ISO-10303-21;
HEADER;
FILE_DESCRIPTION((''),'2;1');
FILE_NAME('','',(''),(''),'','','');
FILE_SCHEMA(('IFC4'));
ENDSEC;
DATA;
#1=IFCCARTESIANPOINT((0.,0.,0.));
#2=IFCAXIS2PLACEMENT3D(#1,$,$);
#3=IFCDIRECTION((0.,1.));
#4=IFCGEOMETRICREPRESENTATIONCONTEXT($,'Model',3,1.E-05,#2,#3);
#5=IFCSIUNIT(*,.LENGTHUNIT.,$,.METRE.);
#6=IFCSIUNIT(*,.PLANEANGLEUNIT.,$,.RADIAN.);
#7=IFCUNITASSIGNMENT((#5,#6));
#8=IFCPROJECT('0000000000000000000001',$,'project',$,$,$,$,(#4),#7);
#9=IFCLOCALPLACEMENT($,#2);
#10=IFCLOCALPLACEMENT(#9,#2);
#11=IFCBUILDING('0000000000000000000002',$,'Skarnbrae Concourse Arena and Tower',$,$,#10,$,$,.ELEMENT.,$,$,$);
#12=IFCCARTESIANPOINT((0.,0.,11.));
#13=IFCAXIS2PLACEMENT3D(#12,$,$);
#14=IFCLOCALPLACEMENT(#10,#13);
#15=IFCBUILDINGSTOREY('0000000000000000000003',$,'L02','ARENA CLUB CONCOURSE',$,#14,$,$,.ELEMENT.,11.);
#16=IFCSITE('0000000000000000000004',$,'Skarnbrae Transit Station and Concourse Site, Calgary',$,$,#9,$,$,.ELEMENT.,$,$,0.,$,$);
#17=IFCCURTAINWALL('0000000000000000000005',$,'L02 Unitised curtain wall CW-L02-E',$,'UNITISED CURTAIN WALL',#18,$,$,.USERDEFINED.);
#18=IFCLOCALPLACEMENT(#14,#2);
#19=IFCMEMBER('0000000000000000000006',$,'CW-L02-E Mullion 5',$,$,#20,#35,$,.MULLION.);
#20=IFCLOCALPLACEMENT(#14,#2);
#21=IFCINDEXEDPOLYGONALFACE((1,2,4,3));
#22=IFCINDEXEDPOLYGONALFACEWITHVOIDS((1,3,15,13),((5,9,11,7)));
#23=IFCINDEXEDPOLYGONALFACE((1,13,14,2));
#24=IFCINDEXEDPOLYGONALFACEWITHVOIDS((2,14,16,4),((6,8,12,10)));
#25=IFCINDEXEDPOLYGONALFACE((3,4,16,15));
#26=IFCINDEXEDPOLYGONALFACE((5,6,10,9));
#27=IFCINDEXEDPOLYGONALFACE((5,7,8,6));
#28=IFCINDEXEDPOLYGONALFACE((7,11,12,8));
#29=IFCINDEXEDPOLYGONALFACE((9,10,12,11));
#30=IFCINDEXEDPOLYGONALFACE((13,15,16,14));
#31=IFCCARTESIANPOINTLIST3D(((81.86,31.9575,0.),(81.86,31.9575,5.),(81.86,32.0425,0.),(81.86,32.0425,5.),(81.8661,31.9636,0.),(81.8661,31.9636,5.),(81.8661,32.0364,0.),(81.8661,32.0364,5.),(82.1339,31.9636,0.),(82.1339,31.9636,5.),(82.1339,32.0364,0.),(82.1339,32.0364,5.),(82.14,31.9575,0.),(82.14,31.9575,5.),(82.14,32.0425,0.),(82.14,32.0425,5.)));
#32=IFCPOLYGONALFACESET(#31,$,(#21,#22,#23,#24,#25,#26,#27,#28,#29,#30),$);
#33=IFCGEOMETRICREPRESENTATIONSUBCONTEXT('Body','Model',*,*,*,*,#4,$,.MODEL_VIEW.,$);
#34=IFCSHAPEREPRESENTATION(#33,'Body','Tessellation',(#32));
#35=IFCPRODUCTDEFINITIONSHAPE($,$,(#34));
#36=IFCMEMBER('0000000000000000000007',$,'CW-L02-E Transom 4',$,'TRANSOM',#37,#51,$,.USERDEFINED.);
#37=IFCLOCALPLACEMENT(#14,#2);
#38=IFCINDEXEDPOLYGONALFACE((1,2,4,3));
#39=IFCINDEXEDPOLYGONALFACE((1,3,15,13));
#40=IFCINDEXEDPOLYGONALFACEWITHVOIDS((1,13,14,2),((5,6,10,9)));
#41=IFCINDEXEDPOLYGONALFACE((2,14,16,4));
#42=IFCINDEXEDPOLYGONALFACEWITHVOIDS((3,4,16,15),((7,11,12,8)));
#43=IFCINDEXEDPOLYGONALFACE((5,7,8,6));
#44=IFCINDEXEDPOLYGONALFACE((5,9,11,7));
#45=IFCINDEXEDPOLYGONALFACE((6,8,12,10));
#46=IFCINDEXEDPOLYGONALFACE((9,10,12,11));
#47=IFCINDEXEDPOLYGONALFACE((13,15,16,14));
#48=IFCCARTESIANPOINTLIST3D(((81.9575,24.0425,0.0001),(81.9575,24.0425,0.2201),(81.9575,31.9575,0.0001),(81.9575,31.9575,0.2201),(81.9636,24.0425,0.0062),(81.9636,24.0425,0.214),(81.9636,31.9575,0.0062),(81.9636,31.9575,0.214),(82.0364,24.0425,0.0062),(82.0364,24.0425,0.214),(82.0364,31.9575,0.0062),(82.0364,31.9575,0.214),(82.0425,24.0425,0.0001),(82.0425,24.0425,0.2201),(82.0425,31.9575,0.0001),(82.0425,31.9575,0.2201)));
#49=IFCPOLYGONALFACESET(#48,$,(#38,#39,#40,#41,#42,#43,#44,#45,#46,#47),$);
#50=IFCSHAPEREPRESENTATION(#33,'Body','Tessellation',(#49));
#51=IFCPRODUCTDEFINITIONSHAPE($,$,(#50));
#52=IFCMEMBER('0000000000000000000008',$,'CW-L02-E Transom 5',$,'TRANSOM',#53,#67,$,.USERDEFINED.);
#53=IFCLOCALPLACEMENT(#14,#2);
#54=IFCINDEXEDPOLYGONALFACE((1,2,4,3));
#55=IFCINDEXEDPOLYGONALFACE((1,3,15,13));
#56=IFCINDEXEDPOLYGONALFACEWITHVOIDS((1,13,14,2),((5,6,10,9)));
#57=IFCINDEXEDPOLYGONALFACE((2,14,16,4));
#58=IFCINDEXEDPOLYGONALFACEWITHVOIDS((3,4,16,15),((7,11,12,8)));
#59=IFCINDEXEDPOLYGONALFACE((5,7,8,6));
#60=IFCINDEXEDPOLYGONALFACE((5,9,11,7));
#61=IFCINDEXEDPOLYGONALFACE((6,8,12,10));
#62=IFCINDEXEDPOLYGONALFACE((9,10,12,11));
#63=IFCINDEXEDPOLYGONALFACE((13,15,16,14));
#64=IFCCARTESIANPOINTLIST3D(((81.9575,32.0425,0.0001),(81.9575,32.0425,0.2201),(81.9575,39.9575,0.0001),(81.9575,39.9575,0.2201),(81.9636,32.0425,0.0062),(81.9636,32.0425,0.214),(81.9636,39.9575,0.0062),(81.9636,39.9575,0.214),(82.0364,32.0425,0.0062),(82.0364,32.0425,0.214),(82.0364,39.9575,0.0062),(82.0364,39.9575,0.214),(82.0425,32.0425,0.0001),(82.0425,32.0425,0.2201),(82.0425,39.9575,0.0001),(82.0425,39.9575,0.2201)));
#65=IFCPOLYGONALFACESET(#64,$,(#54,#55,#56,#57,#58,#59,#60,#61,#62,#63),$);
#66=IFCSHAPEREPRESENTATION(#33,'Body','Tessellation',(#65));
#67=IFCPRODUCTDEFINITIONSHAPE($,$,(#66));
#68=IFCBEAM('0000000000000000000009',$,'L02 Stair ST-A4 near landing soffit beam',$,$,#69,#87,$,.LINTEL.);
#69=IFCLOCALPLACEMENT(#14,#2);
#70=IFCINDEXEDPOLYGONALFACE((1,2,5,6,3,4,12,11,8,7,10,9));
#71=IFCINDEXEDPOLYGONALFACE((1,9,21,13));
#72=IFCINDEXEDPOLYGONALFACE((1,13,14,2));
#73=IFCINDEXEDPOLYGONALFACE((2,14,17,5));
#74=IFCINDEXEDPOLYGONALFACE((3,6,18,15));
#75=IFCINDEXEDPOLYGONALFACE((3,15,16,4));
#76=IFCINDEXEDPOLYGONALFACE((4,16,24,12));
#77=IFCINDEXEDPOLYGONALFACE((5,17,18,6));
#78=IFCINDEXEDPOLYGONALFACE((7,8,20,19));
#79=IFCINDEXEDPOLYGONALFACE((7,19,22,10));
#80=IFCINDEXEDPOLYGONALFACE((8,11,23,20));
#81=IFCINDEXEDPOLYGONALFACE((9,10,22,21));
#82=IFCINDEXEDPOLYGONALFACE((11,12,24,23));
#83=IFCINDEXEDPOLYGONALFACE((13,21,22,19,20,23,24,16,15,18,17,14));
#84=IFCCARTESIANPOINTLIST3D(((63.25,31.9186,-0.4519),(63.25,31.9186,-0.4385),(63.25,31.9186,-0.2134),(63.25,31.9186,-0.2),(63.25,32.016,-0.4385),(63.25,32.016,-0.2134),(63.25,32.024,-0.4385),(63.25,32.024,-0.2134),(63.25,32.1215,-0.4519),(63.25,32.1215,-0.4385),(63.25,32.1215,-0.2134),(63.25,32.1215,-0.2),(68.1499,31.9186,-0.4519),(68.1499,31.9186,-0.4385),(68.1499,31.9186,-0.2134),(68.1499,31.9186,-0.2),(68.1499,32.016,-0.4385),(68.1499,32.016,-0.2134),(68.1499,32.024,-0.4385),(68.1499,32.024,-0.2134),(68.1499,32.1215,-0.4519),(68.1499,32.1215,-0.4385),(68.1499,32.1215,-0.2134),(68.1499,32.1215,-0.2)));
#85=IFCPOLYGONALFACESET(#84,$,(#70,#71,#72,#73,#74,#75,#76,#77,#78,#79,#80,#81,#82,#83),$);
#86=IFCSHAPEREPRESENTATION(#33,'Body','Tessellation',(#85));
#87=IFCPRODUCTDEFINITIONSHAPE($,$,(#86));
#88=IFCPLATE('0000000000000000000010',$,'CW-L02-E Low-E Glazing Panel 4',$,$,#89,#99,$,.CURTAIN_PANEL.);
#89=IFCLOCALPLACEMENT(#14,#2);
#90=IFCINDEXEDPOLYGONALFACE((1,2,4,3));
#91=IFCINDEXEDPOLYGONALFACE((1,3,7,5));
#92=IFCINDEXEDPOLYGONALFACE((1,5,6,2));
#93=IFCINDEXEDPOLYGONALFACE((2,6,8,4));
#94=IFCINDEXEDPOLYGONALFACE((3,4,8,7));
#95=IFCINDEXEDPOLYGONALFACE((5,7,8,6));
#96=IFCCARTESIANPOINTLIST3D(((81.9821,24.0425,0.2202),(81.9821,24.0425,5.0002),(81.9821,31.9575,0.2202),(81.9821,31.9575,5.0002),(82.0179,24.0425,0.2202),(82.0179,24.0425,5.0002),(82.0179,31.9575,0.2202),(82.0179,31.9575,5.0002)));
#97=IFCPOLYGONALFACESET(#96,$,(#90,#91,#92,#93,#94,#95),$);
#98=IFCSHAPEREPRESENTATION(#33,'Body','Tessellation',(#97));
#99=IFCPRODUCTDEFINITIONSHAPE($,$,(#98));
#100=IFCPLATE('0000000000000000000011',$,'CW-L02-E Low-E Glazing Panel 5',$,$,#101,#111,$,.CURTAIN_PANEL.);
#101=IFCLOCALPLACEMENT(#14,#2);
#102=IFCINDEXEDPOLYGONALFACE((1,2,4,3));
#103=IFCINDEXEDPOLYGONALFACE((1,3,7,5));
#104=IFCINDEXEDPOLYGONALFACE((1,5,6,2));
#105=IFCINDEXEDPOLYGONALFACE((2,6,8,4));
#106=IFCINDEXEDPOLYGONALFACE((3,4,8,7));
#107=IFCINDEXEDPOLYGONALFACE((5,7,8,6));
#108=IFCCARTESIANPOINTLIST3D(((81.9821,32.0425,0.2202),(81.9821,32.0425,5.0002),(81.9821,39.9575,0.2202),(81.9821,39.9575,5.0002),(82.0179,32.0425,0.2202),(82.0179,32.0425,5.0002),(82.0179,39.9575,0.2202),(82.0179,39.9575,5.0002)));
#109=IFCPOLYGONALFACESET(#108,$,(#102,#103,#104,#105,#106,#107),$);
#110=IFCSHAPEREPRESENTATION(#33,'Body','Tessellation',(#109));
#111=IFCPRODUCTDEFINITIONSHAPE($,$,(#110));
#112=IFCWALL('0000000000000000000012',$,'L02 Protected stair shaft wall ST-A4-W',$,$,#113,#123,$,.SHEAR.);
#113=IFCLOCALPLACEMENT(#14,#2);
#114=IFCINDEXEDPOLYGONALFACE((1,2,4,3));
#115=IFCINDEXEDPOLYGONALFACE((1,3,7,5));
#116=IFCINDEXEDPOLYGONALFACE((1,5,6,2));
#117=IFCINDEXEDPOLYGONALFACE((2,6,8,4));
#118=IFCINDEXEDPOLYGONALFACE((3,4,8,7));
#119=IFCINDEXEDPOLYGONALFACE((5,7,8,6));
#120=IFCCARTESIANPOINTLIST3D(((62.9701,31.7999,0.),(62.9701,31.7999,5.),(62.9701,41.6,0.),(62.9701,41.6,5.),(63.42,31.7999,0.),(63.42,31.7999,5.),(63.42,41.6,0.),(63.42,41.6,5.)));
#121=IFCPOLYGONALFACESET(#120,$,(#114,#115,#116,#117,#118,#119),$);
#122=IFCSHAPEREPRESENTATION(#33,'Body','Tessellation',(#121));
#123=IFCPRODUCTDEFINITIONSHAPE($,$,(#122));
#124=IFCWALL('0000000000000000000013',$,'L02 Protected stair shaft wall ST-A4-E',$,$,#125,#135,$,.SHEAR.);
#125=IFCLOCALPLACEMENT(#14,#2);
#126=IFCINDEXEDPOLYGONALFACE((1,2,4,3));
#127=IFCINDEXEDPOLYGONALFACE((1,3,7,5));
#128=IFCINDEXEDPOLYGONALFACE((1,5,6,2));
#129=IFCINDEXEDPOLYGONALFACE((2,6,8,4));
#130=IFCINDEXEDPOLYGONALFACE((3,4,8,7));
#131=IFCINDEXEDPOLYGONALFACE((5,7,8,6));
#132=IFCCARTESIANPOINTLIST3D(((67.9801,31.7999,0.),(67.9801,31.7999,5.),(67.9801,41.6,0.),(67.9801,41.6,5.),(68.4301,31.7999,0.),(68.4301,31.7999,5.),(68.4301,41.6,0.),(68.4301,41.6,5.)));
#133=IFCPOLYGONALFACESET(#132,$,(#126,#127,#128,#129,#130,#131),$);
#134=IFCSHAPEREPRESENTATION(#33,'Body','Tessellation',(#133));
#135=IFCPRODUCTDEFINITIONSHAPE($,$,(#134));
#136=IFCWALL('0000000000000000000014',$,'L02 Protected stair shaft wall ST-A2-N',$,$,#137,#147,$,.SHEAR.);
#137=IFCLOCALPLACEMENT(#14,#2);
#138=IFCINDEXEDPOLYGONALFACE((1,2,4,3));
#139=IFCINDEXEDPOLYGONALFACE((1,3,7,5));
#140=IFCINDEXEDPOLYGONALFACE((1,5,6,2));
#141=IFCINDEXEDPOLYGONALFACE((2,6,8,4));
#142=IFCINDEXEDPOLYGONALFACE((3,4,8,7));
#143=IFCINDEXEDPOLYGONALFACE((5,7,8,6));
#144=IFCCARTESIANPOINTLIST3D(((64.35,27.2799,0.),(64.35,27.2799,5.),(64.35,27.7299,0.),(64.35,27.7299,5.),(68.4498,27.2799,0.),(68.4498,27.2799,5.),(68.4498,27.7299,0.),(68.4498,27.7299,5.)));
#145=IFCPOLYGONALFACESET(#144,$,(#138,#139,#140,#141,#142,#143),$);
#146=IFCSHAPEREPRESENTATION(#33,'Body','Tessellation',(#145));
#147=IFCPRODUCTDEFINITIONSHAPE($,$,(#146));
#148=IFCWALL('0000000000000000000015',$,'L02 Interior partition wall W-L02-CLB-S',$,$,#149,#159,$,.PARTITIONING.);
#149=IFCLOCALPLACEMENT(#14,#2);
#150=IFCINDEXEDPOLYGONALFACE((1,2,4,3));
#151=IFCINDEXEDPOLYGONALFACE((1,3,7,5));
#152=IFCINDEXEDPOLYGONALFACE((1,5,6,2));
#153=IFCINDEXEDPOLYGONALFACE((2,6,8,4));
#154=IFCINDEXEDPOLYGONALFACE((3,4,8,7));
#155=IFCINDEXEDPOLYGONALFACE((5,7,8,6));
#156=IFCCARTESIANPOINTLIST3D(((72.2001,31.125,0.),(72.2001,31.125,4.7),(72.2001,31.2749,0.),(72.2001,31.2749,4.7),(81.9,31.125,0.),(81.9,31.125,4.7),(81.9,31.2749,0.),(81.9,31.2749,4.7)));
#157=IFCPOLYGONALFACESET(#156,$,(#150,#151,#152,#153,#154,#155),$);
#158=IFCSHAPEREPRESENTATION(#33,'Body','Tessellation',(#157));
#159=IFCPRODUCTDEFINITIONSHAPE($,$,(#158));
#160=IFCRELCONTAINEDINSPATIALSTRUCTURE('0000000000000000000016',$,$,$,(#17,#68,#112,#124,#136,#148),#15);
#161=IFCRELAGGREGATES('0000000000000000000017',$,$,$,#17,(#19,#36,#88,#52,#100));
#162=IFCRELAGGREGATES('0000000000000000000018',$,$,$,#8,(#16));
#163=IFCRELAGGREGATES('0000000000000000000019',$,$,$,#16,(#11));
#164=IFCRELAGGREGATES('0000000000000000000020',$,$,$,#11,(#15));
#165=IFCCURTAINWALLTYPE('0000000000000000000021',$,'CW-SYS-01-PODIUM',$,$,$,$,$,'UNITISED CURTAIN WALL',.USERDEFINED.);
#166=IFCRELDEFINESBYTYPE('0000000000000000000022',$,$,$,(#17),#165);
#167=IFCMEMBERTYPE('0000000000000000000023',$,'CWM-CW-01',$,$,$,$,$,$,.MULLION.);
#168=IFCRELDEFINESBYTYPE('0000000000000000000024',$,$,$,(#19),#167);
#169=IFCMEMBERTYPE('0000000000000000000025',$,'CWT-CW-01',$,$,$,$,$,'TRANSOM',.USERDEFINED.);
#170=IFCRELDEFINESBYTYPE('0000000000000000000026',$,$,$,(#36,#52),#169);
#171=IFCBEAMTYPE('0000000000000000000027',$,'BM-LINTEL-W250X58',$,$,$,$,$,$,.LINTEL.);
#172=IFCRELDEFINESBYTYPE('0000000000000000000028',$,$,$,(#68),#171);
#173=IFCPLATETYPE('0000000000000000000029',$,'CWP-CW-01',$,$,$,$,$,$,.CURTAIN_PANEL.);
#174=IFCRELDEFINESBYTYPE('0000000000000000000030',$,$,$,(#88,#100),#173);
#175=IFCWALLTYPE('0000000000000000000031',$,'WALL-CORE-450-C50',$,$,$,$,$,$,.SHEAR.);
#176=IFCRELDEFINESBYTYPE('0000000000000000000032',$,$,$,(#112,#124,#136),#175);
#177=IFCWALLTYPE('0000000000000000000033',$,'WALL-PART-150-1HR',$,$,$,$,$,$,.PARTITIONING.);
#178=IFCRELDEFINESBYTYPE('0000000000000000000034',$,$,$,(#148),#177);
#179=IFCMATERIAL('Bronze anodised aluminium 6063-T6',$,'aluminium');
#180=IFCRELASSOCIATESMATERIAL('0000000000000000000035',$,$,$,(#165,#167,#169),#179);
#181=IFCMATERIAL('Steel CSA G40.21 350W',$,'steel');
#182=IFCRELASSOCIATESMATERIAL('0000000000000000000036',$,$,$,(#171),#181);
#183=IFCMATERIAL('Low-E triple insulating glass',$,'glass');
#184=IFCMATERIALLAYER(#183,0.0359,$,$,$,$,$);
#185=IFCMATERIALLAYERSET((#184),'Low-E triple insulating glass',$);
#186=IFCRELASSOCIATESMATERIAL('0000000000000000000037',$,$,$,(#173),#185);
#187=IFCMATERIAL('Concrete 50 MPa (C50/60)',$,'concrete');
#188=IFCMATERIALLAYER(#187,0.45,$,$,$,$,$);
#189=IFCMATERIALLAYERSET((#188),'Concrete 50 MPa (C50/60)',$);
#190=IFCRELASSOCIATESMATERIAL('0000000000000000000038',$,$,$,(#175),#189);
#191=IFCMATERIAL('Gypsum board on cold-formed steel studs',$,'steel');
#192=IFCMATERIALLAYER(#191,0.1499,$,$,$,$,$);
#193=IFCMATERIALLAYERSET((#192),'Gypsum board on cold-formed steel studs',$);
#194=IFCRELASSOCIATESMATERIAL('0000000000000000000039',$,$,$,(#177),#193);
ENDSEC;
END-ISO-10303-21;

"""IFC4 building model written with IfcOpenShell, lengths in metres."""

from ifc_helpers import new_model, si_unit, direction, frame, frame_2d, origin, origin_2d, place, context, subcontext, project, spatial, rectangle, hollow_rectangle, i_section, extrude, source, transform, mapped, material, layer, layer_set, material_profile, profile_set, type_object, element, aggregate, save


model = new_model("IFC4")

# Units and contexts
model_context = context("Model", 3, precision=1e-05, world=origin(), true_north=direction((0.0, 1.0)))
body_context = subcontext(model_context, "Body", "Model", "MODEL_VIEW")
ifc_project = project(units=[si_unit("LENGTHUNIT", "METRE"), si_unit("PLANEANGLEUNIT", "RADIAN")], contexts=[model_context])

# Site, building, storey
site_placement = place(None, origin())
site = spatial("IfcSite", under=ifc_project, at=site_placement, Name="Skarnbrae Transit Station and Concourse Site, Calgary", CompositionType="ELEMENT", RefElevation=0.0)
building_placement = place(site_placement, origin())
building = spatial("IfcBuilding", under=site, at=building_placement, Name="Skarnbrae Concourse Arena and Tower", CompositionType="ELEMENT")
storey_placement = place(building_placement, frame((0.0, 0.0, 11.0)))
storey = spatial("IfcBuildingStorey", under=building, at=storey_placement, Name="L02", Description="ARENA CLUB CONCOURSE", CompositionType="ELEMENT", Elevation=11.0)

# Shared definitions
ifc_material_1 = material(Name="Steel CSA G40.21 350W", Category="steel")

# Curtain wall, members
ifc_material_2 = material(Name="Bronze anodised aluminium 6063-T6", Category="aluminium")
curtain_wall_type = type_object("IfcCurtainWallType", Name="CW-SYS-01-PODIUM", ElementType="UNITISED CURTAIN WALL", PredefinedType="USERDEFINED", material=ifc_material_2)
curtain_wall_placement = place(storey_placement, origin())
curtain_wall = element("IfcCurtainWall", 1, at=curtain_wall_placement, inside=storey, type_object=curtain_wall_type, Name="L02 Unitised curtain wall CW-L02-E", ObjectType="UNITISED CURTAIN WALL", PredefinedType="USERDEFINED")
ifc_material_profile_1 = material_profile(ifc_material_2, hollow_rectangle(XDim=0.085, YDim=0.28, WallThickness=0.0061, at=origin_2d()), Name="ALU-MULL-85X280")
ifc_profile_set_1 = profile_set([ifc_material_profile_1], Name="Bronze anodised aluminium 6063-T6")
member_type_1 = type_object("IfcMemberType", Name="CWM-CW-01", PredefinedType="MULLION", material=ifc_profile_set_1)
shared_shape_1 = source(origin(), body_context, "Body", "SweptSolid", [
    extrude(hollow_rectangle(XDim=0.085, YDim=0.28, WallThickness=0.0061, at=origin_2d()), origin(), (0.0, 0.0, 1.0), 5.0),
])
member_1_placement = place(storey_placement, frame((82.0, 32.0, 0.0), z_axis=(0.0, 0.0, 1.0), x_axis=(0.0, 1.0, 0.0)))
member_1 = element("IfcMember", 2, at=member_1_placement, type_object=member_type_1, Name="CW-L02-E Mullion 5", PredefinedType="MULLION", context=body_context, shape_type="MappedRepresentation", body=[
    mapped(shared_shape_1, transform((0.0, 0.0, 0.0))),
])
ifc_material_profile_2 = material_profile(ifc_material_2, hollow_rectangle(XDim=0.085, YDim=0.22, WallThickness=0.0061, at=origin_2d()), Name="ALU-TRAN-85X220")
ifc_profile_set_2 = profile_set([ifc_material_profile_2], Name="Bronze anodised aluminium 6063-T6")
member_type_2 = type_object("IfcMemberType", Name="CWT-CW-01", ElementType="TRANSOM", PredefinedType="USERDEFINED", material=ifc_profile_set_2)
shared_shape_2 = source(origin(), body_context, "Body", "SweptSolid", [
    extrude(hollow_rectangle(XDim=0.085, YDim=0.22, WallThickness=0.0061, at=origin_2d()), origin(), (0.0, 0.0, 1.0), 7.915),
])
member_2_placement = place(storey_placement, frame((82.0, 24.0425, 0.1101), z_axis=(0.0, 1.0, 0.0), x_axis=(-1.0, 0.0, 0.0)))
member_2 = element("IfcMember", 3, at=member_2_placement, type_object=member_type_2, Name="CW-L02-E Transom 4", ObjectType="TRANSOM", PredefinedType="USERDEFINED", context=body_context, shape_type="MappedRepresentation", body=[
    mapped(shared_shape_2, transform((0.0, 0.0, 0.0))),
])
member_3_placement = place(storey_placement, frame((82.0, 32.0425, 0.1101), z_axis=(0.0, 1.0, 0.0), x_axis=(-1.0, 0.0, 0.0)))
member_3 = element("IfcMember", 4, at=member_3_placement, type_object=member_type_2, Name="CW-L02-E Transom 5", ObjectType="TRANSOM", PredefinedType="USERDEFINED", context=body_context, shape_type="MappedRepresentation", body=[
    mapped(shared_shape_2, transform((0.0, 0.0, 0.0))),
])

# Beam
ifc_material_profile_3 = material_profile(ifc_material_1, i_section(OverallWidth=0.2029, OverallDepth=0.252, WebThickness=0.0081, FlangeThickness=0.0134, at=origin_2d()), Name="W250X58")
ifc_profile_set_3 = profile_set([ifc_material_profile_3], Name="Steel CSA G40.21 350W")
beam_type_1 = type_object("IfcBeamType", Name="BM-LINTEL-W250X58", PredefinedType="LINTEL", material=ifc_profile_set_3)
shared_shape_3 = source(origin(), body_context, "Body", "SweptSolid", [
    extrude(i_section(OverallWidth=0.2029, OverallDepth=0.252, WebThickness=0.0081, FlangeThickness=0.0134, at=origin_2d()), origin(), (0.0, 0.0, 1.0), 4.8999),
])
beam_1_placement = place(storey_placement, frame((68.1499, 32.02, -0.3259), z_axis=(-1.0, 0.0, 0.0), x_axis=(0.0, -1.0, 0.0)))
element("IfcBeam", 5, at=beam_1_placement, inside=storey, type_object=beam_type_1, Name="L02 Stair ST-A4 near landing soffit beam", PredefinedType="LINTEL", context=body_context, shape_type="MappedRepresentation", body=[
    mapped(shared_shape_3, transform((0.0, 0.0, 0.0))),
])

# Plates
ifc_material_3 = material(Name="Low-E triple insulating glass", Category="glass")
ifc_layer_1 = layer(ifc_material_3, 0.0359)
ifc_layer_set_1 = layer_set([ifc_layer_1], Name="Low-E triple insulating glass")
plate_type = type_object("IfcPlateType", Name="CWP-CW-01", PredefinedType="CURTAIN_PANEL", material=ifc_layer_set_1)
shared_shape_4 = source(origin(), body_context, "Body", "SweptSolid", [
    extrude(rectangle(XDim=7.915, YDim=0.0359, at=origin_2d()), origin(), (0.0, 0.0, 1.0), 4.78),
])
plate_1_placement = place(storey_placement, frame((82.0, 28.0, 0.2202), z_axis=(0.0, 0.0, 1.0), x_axis=(0.0, 1.0, 0.0)))
plate_1 = element("IfcPlate", 6, at=plate_1_placement, type_object=plate_type, Name="CW-L02-E Low-E Glazing Panel 4", PredefinedType="CURTAIN_PANEL", context=body_context, shape_type="MappedRepresentation", body=[
    mapped(shared_shape_4, transform((0.0, 0.0, 0.0))),
])
plate_2_placement = place(storey_placement, frame((82.0, 36.0, 0.2202), z_axis=(0.0, 0.0, 1.0), x_axis=(0.0, 1.0, 0.0)))
plate_2 = element("IfcPlate", 7, at=plate_2_placement, type_object=plate_type, Name="CW-L02-E Low-E Glazing Panel 5", PredefinedType="CURTAIN_PANEL", context=body_context, shape_type="MappedRepresentation", body=[
    mapped(shared_shape_4, transform((0.0, 0.0, 0.0))),
])
aggregate(curtain_wall, [member_1, member_2, plate_1, member_3, plate_2])

# Walls
ifc_material_4 = material(Name="Concrete 50 MPa (C50/60)", Category="concrete")
ifc_layer_2 = layer(ifc_material_4, 0.45)
ifc_layer_set_2 = layer_set([ifc_layer_2], Name="Concrete 50 MPa (C50/60)")
wall_type_1 = type_object("IfcWallType", Name="WALL-CORE-450-C50", PredefinedType="SHEAR", material=ifc_layer_set_2)
shared_shape_5 = source(origin(), body_context, "Body", "SweptSolid", [
    extrude(rectangle(XDim=9.8, YDim=0.45, at=frame_2d((4.8999, 0.0))), origin(), (0.0, 0.0, 1.0), 5.0),
])
for number, where, z_axis, x_axis, name in (
    (8, (63.1951, 31.8, 0.0), (0.0, 0.0, 1.0), (0.0, 1.0, 0.0), "L02 Protected stair shaft wall ST-A4-W"),
    (9, (68.2051, 31.8, 0.0), (0.0, 0.0, 1.0), (0.0, 1.0, 0.0), "L02 Protected stair shaft wall ST-A4-E"),
):
    element("IfcWall", number, at=place(storey_placement, frame(where, z_axis=z_axis, x_axis=x_axis)), inside=storey, type_object=wall_type_1, Name=name, PredefinedType="SHEAR", context=body_context, shape_type="MappedRepresentation", body=[
        mapped(shared_shape_5, transform((0.0, 0.0, 0.0))),
    ])
shared_shape_6 = source(origin(), body_context, "Body", "SweptSolid", [
    extrude(rectangle(XDim=4.0999, YDim=0.45, at=frame_2d((2.0498, 0.0))), origin(), (0.0, 0.0, 1.0), 5.0),
])
wall_1_placement = place(storey_placement, frame((64.3501, 27.5049, 0.0), z_axis=(0.0, 0.0, 1.0), x_axis=(1.0, 0.0, 0.0)))
element("IfcWall", 10, at=wall_1_placement, inside=storey, type_object=wall_type_1, Name="L02 Protected stair shaft wall ST-A2-N", PredefinedType="SHEAR", context=body_context, shape_type="MappedRepresentation", body=[
    mapped(shared_shape_6, transform((0.0, 0.0, 0.0))),
])

# Shared definitions
ifc_material_5 = material(Name="Gypsum board on cold-formed steel studs", Category="steel")
ifc_layer_3 = layer(ifc_material_5, 0.1499)
ifc_layer_set_3 = layer_set([ifc_layer_3], Name="Gypsum board on cold-formed steel studs")
wall_type_2 = type_object("IfcWallType", Name="WALL-PART-150-1HR", PredefinedType="PARTITIONING", material=ifc_layer_set_3)

# Wall
shared_shape_7 = source(origin(), body_context, "Body", "SweptSolid", [
    extrude(rectangle(XDim=9.7, YDim=0.1499, at=frame_2d((4.8501, 0.0))), origin(), (0.0, 0.0, 1.0), 4.7),
])
wall_2_placement = place(storey_placement, frame((72.2, 31.2, 0.0), z_axis=(0.0, 0.0, 1.0), x_axis=(1.0, 0.0, 0.0)))
element("IfcWall", 11, at=wall_2_placement, inside=storey, type_object=wall_type_2, Name="L02 Interior partition wall W-L02-CLB-S", PredefinedType="PARTITIONING", context=body_context, shape_type="MappedRepresentation", body=[
    mapped(shared_shape_7, transform((0.0, 0.0, 0.0))),
])

save(model, "model.ifc")
